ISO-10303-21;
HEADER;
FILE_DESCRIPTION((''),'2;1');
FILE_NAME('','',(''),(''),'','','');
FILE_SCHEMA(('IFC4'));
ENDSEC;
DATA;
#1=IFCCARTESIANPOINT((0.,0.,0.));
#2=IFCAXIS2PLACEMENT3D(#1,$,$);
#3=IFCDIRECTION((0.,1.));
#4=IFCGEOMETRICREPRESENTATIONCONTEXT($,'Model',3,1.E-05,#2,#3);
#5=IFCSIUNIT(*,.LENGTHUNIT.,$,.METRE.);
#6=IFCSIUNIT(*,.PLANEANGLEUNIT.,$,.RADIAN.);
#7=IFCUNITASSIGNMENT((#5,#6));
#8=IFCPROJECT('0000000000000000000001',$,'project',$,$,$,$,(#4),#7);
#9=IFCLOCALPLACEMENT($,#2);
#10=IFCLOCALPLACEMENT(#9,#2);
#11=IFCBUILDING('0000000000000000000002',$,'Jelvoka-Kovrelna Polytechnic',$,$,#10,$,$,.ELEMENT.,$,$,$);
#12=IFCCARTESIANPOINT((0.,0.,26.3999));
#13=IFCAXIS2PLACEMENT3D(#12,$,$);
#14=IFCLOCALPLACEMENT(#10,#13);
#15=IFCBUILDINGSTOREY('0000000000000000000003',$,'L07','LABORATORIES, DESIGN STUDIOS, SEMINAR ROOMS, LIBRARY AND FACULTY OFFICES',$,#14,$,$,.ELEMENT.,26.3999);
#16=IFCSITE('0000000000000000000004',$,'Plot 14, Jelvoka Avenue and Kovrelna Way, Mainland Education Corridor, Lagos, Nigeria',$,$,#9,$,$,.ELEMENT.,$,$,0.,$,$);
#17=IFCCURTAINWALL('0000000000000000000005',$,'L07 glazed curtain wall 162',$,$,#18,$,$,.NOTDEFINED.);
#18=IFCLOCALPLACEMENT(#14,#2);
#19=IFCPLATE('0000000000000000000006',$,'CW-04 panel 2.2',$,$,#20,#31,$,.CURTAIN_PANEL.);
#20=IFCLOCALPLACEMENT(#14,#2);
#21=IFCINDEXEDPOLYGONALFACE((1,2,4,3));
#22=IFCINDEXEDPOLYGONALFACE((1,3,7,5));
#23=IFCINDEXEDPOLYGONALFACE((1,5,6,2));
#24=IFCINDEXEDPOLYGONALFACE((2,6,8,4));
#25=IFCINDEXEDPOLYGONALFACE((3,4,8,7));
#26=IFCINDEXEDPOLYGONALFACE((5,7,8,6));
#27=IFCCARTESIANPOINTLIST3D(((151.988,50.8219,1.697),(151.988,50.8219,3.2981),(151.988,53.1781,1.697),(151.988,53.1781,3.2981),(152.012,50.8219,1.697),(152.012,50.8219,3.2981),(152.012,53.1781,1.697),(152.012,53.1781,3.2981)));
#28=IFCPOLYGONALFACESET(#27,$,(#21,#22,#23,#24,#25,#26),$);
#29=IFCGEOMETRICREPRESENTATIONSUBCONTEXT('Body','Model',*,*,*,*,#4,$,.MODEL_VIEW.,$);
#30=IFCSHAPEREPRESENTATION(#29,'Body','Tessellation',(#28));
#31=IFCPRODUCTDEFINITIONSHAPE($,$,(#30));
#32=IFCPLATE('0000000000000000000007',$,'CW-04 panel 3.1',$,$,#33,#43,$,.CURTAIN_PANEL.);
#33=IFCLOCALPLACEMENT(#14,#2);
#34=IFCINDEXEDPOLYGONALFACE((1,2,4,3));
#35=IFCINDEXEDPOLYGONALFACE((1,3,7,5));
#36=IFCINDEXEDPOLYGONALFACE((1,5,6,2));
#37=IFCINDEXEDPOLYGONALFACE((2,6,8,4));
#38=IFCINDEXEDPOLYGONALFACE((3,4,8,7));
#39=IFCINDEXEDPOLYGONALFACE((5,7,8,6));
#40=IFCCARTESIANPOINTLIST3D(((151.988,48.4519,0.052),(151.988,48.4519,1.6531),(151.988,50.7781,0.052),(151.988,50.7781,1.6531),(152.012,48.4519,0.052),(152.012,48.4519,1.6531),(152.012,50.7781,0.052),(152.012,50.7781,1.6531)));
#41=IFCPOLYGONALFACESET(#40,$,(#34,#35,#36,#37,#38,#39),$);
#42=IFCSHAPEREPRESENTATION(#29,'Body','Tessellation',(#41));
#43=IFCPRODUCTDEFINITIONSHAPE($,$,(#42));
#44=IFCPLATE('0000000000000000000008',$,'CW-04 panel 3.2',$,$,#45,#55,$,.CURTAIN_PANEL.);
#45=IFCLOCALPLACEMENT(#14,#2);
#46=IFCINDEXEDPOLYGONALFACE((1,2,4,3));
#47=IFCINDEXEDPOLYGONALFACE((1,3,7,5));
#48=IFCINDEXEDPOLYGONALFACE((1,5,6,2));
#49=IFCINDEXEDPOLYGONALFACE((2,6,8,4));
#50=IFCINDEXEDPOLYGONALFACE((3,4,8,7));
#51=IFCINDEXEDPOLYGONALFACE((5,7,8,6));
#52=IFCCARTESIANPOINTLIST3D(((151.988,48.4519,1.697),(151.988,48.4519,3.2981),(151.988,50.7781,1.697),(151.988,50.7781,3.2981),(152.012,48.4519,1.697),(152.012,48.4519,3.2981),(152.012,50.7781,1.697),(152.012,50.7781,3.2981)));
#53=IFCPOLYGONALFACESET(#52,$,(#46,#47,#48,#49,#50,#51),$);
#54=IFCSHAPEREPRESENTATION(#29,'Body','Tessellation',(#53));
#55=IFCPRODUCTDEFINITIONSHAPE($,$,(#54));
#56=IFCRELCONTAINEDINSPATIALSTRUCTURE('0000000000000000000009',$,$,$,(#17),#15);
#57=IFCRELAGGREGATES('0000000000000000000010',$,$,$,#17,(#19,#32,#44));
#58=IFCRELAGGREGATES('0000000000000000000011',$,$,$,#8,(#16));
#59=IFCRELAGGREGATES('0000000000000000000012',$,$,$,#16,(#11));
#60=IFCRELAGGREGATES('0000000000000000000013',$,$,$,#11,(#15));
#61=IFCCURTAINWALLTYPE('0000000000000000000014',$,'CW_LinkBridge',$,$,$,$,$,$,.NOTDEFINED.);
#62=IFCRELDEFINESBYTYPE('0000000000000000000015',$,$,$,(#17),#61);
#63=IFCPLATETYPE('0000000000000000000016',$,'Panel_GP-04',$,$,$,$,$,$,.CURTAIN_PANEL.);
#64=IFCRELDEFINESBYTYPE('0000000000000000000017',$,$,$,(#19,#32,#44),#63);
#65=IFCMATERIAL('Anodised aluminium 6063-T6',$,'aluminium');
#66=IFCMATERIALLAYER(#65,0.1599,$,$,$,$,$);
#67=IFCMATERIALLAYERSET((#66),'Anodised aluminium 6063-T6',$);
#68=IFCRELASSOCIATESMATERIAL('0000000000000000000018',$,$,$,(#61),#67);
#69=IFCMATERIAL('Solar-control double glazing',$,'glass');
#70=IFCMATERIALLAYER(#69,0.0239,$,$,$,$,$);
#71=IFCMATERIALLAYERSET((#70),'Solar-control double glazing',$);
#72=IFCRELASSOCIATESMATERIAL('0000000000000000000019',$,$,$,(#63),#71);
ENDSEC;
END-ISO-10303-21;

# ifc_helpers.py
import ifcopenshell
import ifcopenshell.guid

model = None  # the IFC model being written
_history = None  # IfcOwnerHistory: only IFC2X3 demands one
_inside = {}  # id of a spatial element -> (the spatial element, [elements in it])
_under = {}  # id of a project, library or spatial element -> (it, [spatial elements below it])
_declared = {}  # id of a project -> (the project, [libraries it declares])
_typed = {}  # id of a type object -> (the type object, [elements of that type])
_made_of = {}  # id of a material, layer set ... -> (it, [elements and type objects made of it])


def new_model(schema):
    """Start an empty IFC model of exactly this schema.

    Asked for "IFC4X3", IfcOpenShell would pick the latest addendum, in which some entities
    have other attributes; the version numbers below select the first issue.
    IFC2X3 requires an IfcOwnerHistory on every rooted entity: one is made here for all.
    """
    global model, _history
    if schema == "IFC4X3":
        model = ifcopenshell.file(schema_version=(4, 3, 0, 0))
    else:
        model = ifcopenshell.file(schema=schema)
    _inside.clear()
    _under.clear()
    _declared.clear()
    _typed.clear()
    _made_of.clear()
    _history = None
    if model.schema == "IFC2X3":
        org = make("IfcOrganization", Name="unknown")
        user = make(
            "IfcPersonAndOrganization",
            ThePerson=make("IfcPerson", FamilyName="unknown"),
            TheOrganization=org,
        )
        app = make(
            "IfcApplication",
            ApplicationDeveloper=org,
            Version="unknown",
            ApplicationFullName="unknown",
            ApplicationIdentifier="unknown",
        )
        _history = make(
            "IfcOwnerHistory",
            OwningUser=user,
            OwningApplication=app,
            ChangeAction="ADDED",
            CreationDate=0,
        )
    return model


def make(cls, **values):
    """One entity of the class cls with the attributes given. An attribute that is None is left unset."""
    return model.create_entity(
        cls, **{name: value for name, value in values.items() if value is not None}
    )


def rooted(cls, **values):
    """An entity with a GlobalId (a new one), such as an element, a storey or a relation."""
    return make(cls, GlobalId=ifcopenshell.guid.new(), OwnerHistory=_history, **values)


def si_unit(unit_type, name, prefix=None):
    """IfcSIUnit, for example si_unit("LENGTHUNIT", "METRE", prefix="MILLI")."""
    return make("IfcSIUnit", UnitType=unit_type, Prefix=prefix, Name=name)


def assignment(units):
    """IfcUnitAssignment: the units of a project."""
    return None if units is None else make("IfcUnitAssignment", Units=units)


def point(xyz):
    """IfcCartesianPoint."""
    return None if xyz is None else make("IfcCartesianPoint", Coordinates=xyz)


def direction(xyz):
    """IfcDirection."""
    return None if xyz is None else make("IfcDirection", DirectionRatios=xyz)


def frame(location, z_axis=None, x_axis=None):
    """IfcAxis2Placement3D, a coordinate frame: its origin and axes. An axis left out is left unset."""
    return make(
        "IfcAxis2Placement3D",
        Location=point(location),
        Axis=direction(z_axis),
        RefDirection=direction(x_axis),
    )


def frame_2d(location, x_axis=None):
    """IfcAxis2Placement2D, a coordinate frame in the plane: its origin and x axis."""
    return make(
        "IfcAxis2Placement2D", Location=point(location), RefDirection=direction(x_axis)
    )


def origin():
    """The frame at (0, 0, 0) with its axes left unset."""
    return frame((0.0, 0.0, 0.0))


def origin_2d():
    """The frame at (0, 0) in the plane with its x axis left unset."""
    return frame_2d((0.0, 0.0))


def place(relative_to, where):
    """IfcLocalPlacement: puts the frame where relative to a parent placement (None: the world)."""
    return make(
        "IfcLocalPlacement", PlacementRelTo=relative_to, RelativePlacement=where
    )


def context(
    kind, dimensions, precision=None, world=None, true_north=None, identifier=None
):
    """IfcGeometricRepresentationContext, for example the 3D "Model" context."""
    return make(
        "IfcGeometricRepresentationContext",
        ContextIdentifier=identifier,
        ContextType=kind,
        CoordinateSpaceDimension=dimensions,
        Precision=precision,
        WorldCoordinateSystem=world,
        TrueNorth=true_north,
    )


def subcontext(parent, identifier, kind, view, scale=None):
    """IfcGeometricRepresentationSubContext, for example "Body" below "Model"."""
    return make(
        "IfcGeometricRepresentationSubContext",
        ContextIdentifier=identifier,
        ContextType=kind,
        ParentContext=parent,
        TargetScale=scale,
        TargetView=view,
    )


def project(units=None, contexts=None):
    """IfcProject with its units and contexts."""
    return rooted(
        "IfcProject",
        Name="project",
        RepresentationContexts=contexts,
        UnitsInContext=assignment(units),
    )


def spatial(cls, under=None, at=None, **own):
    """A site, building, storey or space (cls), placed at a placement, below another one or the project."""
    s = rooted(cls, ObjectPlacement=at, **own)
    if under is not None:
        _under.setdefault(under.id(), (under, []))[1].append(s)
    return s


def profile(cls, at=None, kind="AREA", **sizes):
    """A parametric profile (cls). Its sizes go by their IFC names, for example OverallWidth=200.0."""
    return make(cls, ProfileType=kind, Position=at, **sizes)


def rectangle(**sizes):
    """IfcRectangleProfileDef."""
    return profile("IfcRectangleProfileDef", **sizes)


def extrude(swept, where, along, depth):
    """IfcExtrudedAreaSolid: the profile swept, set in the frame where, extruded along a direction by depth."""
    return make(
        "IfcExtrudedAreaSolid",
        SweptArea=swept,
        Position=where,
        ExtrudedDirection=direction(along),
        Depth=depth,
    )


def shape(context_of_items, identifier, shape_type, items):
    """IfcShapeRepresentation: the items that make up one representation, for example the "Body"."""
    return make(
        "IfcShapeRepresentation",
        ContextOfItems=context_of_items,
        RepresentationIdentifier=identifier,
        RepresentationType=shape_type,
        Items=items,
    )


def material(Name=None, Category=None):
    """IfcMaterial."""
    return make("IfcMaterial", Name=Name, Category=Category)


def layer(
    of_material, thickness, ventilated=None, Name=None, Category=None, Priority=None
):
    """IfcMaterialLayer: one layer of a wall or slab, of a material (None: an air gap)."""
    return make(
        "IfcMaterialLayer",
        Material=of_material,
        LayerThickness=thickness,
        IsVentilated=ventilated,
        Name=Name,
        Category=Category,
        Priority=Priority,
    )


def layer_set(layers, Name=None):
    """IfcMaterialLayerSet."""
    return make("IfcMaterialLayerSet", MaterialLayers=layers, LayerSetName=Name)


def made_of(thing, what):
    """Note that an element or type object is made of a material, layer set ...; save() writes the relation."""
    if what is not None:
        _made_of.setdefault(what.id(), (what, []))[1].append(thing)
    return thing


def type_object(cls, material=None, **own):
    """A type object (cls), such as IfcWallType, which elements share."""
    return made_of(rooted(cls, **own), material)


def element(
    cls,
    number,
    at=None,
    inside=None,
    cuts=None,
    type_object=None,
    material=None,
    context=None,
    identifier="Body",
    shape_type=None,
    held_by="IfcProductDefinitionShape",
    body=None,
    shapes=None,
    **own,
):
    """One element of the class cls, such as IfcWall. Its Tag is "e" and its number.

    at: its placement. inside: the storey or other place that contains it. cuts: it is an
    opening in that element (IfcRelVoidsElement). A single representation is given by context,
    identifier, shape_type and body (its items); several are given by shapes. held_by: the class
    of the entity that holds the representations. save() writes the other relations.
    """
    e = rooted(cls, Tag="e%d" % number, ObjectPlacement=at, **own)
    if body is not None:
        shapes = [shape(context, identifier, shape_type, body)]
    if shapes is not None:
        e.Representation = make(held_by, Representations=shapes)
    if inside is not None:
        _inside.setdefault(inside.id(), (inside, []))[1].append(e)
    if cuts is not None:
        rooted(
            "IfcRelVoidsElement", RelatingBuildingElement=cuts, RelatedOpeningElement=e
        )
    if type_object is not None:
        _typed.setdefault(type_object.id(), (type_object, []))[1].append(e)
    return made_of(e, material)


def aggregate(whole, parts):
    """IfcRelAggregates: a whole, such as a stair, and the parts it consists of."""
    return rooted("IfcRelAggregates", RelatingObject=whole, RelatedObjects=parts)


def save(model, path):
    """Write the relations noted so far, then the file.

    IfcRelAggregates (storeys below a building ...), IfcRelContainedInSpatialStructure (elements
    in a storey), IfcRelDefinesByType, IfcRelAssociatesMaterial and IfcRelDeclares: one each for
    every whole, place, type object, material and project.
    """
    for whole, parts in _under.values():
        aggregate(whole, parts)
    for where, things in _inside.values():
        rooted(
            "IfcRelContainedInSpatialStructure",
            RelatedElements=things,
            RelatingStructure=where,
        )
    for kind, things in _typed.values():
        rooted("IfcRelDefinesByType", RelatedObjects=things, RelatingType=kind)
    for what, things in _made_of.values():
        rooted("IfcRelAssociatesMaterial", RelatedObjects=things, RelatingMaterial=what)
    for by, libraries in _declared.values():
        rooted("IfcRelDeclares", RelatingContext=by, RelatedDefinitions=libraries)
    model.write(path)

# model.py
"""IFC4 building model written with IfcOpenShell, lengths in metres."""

from ifc_helpers import new_model, si_unit, direction, frame, origin, origin_2d, place, context, subcontext, project, spatial, rectangle, extrude, material, layer, layer_set, type_object, element, aggregate, save


model = new_model("IFC4")

# Units and contexts
model_context = context("Model", 3, precision=1e-05, world=origin(), true_north=direction((0.0, 1.0)))
body_context = subcontext(model_context, "Body", "Model", "MODEL_VIEW")
ifc_project = project(units=[si_unit("LENGTHUNIT", "METRE"), si_unit("PLANEANGLEUNIT", "RADIAN")], contexts=[model_context])

# Site, building, storey
site_placement = place(None, origin())
site = spatial("IfcSite", under=ifc_project, at=site_placement, Name="Plot 14, Jelvoka Avenue and Kovrelna Way, Mainland Education Corridor, Lagos, Nigeria", CompositionType="ELEMENT", RefElevation=0.0)
building_placement = place(site_placement, origin())
building = spatial("IfcBuilding", under=site, at=building_placement, Name="Jelvoka-Kovrelna Polytechnic", CompositionType="ELEMENT")
storey_placement = place(building_placement, frame((0.0, 0.0, 26.3999)))
storey = spatial("IfcBuildingStorey", under=building, at=storey_placement, Name="L07", Description="LABORATORIES, DESIGN STUDIOS, SEMINAR ROOMS, LIBRARY AND FACULTY OFFICES", CompositionType="ELEMENT", Elevation=26.3999)

# Curtain wall, plates
ifc_material_1 = material(Name="Anodised aluminium 6063-T6", Category="aluminium")
ifc_layer_1 = layer(ifc_material_1, 0.1599)
ifc_layer_set_1 = layer_set([ifc_layer_1], Name="Anodised aluminium 6063-T6")
curtain_wall_type = type_object("IfcCurtainWallType", Name="CW_LinkBridge", PredefinedType="NOTDEFINED", material=ifc_layer_set_1)
curtain_wall_placement = place(storey_placement, origin())
curtain_wall = element("IfcCurtainWall", 1, at=curtain_wall_placement, inside=storey, type_object=curtain_wall_type, Name="L07 glazed curtain wall 162", PredefinedType="NOTDEFINED")
ifc_material_2 = material(Name="Solar-control double glazing", Category="glass")
ifc_layer_2 = layer(ifc_material_2, 0.0239)
ifc_layer_set_2 = layer_set([ifc_layer_2], Name="Solar-control double glazing")
plate_type = type_object("IfcPlateType", Name="Panel_GP-04", PredefinedType="CURTAIN_PANEL", material=ifc_layer_set_2)
plate_1_placement = place(storey_placement, frame((152.0, 52.0, 1.697), z_axis=(0.0, 0.0, 1.0), x_axis=(0.0, -1.0, 0.0)))
plate_1 = element("IfcPlate", 2, at=plate_1_placement, type_object=plate_type, Name="CW-04 panel 2.2", PredefinedType="CURTAIN_PANEL", context=body_context, shape_type="SweptSolid", body=[
    extrude(rectangle(XDim=2.3562, YDim=0.0239, at=origin_2d()), origin(), (0.0, 0.0, 1.0), 1.6011),
])
plate_2_placement = place(storey_placement, frame((152.0, 49.615, 0.052), z_axis=(0.0, 0.0, 1.0), x_axis=(0.0, -1.0, 0.0)))
plate_2 = element("IfcPlate", 3, at=plate_2_placement, type_object=plate_type, Name="CW-04 panel 3.1", PredefinedType="CURTAIN_PANEL", context=body_context, shape_type="SweptSolid", body=[
    extrude(rectangle(XDim=2.3262, YDim=0.0239, at=origin_2d()), origin(), (0.0, 0.0, 1.0), 1.6011),
])
plate_3_placement = place(storey_placement, frame((152.0, 49.615, 1.697), z_axis=(0.0, 0.0, 1.0), x_axis=(0.0, -1.0, 0.0)))
plate_3 = element("IfcPlate", 4, at=plate_3_placement, type_object=plate_type, Name="CW-04 panel 3.2", PredefinedType="CURTAIN_PANEL", context=body_context, shape_type="SweptSolid", body=[
    extrude(rectangle(XDim=2.3262, YDim=0.0239, at=origin_2d()), origin(), (0.0, 0.0, 1.0), 1.6011),
])
aggregate(curtain_wall, [plate_1, plate_2, plate_3])

save(model, "model.ifc")
